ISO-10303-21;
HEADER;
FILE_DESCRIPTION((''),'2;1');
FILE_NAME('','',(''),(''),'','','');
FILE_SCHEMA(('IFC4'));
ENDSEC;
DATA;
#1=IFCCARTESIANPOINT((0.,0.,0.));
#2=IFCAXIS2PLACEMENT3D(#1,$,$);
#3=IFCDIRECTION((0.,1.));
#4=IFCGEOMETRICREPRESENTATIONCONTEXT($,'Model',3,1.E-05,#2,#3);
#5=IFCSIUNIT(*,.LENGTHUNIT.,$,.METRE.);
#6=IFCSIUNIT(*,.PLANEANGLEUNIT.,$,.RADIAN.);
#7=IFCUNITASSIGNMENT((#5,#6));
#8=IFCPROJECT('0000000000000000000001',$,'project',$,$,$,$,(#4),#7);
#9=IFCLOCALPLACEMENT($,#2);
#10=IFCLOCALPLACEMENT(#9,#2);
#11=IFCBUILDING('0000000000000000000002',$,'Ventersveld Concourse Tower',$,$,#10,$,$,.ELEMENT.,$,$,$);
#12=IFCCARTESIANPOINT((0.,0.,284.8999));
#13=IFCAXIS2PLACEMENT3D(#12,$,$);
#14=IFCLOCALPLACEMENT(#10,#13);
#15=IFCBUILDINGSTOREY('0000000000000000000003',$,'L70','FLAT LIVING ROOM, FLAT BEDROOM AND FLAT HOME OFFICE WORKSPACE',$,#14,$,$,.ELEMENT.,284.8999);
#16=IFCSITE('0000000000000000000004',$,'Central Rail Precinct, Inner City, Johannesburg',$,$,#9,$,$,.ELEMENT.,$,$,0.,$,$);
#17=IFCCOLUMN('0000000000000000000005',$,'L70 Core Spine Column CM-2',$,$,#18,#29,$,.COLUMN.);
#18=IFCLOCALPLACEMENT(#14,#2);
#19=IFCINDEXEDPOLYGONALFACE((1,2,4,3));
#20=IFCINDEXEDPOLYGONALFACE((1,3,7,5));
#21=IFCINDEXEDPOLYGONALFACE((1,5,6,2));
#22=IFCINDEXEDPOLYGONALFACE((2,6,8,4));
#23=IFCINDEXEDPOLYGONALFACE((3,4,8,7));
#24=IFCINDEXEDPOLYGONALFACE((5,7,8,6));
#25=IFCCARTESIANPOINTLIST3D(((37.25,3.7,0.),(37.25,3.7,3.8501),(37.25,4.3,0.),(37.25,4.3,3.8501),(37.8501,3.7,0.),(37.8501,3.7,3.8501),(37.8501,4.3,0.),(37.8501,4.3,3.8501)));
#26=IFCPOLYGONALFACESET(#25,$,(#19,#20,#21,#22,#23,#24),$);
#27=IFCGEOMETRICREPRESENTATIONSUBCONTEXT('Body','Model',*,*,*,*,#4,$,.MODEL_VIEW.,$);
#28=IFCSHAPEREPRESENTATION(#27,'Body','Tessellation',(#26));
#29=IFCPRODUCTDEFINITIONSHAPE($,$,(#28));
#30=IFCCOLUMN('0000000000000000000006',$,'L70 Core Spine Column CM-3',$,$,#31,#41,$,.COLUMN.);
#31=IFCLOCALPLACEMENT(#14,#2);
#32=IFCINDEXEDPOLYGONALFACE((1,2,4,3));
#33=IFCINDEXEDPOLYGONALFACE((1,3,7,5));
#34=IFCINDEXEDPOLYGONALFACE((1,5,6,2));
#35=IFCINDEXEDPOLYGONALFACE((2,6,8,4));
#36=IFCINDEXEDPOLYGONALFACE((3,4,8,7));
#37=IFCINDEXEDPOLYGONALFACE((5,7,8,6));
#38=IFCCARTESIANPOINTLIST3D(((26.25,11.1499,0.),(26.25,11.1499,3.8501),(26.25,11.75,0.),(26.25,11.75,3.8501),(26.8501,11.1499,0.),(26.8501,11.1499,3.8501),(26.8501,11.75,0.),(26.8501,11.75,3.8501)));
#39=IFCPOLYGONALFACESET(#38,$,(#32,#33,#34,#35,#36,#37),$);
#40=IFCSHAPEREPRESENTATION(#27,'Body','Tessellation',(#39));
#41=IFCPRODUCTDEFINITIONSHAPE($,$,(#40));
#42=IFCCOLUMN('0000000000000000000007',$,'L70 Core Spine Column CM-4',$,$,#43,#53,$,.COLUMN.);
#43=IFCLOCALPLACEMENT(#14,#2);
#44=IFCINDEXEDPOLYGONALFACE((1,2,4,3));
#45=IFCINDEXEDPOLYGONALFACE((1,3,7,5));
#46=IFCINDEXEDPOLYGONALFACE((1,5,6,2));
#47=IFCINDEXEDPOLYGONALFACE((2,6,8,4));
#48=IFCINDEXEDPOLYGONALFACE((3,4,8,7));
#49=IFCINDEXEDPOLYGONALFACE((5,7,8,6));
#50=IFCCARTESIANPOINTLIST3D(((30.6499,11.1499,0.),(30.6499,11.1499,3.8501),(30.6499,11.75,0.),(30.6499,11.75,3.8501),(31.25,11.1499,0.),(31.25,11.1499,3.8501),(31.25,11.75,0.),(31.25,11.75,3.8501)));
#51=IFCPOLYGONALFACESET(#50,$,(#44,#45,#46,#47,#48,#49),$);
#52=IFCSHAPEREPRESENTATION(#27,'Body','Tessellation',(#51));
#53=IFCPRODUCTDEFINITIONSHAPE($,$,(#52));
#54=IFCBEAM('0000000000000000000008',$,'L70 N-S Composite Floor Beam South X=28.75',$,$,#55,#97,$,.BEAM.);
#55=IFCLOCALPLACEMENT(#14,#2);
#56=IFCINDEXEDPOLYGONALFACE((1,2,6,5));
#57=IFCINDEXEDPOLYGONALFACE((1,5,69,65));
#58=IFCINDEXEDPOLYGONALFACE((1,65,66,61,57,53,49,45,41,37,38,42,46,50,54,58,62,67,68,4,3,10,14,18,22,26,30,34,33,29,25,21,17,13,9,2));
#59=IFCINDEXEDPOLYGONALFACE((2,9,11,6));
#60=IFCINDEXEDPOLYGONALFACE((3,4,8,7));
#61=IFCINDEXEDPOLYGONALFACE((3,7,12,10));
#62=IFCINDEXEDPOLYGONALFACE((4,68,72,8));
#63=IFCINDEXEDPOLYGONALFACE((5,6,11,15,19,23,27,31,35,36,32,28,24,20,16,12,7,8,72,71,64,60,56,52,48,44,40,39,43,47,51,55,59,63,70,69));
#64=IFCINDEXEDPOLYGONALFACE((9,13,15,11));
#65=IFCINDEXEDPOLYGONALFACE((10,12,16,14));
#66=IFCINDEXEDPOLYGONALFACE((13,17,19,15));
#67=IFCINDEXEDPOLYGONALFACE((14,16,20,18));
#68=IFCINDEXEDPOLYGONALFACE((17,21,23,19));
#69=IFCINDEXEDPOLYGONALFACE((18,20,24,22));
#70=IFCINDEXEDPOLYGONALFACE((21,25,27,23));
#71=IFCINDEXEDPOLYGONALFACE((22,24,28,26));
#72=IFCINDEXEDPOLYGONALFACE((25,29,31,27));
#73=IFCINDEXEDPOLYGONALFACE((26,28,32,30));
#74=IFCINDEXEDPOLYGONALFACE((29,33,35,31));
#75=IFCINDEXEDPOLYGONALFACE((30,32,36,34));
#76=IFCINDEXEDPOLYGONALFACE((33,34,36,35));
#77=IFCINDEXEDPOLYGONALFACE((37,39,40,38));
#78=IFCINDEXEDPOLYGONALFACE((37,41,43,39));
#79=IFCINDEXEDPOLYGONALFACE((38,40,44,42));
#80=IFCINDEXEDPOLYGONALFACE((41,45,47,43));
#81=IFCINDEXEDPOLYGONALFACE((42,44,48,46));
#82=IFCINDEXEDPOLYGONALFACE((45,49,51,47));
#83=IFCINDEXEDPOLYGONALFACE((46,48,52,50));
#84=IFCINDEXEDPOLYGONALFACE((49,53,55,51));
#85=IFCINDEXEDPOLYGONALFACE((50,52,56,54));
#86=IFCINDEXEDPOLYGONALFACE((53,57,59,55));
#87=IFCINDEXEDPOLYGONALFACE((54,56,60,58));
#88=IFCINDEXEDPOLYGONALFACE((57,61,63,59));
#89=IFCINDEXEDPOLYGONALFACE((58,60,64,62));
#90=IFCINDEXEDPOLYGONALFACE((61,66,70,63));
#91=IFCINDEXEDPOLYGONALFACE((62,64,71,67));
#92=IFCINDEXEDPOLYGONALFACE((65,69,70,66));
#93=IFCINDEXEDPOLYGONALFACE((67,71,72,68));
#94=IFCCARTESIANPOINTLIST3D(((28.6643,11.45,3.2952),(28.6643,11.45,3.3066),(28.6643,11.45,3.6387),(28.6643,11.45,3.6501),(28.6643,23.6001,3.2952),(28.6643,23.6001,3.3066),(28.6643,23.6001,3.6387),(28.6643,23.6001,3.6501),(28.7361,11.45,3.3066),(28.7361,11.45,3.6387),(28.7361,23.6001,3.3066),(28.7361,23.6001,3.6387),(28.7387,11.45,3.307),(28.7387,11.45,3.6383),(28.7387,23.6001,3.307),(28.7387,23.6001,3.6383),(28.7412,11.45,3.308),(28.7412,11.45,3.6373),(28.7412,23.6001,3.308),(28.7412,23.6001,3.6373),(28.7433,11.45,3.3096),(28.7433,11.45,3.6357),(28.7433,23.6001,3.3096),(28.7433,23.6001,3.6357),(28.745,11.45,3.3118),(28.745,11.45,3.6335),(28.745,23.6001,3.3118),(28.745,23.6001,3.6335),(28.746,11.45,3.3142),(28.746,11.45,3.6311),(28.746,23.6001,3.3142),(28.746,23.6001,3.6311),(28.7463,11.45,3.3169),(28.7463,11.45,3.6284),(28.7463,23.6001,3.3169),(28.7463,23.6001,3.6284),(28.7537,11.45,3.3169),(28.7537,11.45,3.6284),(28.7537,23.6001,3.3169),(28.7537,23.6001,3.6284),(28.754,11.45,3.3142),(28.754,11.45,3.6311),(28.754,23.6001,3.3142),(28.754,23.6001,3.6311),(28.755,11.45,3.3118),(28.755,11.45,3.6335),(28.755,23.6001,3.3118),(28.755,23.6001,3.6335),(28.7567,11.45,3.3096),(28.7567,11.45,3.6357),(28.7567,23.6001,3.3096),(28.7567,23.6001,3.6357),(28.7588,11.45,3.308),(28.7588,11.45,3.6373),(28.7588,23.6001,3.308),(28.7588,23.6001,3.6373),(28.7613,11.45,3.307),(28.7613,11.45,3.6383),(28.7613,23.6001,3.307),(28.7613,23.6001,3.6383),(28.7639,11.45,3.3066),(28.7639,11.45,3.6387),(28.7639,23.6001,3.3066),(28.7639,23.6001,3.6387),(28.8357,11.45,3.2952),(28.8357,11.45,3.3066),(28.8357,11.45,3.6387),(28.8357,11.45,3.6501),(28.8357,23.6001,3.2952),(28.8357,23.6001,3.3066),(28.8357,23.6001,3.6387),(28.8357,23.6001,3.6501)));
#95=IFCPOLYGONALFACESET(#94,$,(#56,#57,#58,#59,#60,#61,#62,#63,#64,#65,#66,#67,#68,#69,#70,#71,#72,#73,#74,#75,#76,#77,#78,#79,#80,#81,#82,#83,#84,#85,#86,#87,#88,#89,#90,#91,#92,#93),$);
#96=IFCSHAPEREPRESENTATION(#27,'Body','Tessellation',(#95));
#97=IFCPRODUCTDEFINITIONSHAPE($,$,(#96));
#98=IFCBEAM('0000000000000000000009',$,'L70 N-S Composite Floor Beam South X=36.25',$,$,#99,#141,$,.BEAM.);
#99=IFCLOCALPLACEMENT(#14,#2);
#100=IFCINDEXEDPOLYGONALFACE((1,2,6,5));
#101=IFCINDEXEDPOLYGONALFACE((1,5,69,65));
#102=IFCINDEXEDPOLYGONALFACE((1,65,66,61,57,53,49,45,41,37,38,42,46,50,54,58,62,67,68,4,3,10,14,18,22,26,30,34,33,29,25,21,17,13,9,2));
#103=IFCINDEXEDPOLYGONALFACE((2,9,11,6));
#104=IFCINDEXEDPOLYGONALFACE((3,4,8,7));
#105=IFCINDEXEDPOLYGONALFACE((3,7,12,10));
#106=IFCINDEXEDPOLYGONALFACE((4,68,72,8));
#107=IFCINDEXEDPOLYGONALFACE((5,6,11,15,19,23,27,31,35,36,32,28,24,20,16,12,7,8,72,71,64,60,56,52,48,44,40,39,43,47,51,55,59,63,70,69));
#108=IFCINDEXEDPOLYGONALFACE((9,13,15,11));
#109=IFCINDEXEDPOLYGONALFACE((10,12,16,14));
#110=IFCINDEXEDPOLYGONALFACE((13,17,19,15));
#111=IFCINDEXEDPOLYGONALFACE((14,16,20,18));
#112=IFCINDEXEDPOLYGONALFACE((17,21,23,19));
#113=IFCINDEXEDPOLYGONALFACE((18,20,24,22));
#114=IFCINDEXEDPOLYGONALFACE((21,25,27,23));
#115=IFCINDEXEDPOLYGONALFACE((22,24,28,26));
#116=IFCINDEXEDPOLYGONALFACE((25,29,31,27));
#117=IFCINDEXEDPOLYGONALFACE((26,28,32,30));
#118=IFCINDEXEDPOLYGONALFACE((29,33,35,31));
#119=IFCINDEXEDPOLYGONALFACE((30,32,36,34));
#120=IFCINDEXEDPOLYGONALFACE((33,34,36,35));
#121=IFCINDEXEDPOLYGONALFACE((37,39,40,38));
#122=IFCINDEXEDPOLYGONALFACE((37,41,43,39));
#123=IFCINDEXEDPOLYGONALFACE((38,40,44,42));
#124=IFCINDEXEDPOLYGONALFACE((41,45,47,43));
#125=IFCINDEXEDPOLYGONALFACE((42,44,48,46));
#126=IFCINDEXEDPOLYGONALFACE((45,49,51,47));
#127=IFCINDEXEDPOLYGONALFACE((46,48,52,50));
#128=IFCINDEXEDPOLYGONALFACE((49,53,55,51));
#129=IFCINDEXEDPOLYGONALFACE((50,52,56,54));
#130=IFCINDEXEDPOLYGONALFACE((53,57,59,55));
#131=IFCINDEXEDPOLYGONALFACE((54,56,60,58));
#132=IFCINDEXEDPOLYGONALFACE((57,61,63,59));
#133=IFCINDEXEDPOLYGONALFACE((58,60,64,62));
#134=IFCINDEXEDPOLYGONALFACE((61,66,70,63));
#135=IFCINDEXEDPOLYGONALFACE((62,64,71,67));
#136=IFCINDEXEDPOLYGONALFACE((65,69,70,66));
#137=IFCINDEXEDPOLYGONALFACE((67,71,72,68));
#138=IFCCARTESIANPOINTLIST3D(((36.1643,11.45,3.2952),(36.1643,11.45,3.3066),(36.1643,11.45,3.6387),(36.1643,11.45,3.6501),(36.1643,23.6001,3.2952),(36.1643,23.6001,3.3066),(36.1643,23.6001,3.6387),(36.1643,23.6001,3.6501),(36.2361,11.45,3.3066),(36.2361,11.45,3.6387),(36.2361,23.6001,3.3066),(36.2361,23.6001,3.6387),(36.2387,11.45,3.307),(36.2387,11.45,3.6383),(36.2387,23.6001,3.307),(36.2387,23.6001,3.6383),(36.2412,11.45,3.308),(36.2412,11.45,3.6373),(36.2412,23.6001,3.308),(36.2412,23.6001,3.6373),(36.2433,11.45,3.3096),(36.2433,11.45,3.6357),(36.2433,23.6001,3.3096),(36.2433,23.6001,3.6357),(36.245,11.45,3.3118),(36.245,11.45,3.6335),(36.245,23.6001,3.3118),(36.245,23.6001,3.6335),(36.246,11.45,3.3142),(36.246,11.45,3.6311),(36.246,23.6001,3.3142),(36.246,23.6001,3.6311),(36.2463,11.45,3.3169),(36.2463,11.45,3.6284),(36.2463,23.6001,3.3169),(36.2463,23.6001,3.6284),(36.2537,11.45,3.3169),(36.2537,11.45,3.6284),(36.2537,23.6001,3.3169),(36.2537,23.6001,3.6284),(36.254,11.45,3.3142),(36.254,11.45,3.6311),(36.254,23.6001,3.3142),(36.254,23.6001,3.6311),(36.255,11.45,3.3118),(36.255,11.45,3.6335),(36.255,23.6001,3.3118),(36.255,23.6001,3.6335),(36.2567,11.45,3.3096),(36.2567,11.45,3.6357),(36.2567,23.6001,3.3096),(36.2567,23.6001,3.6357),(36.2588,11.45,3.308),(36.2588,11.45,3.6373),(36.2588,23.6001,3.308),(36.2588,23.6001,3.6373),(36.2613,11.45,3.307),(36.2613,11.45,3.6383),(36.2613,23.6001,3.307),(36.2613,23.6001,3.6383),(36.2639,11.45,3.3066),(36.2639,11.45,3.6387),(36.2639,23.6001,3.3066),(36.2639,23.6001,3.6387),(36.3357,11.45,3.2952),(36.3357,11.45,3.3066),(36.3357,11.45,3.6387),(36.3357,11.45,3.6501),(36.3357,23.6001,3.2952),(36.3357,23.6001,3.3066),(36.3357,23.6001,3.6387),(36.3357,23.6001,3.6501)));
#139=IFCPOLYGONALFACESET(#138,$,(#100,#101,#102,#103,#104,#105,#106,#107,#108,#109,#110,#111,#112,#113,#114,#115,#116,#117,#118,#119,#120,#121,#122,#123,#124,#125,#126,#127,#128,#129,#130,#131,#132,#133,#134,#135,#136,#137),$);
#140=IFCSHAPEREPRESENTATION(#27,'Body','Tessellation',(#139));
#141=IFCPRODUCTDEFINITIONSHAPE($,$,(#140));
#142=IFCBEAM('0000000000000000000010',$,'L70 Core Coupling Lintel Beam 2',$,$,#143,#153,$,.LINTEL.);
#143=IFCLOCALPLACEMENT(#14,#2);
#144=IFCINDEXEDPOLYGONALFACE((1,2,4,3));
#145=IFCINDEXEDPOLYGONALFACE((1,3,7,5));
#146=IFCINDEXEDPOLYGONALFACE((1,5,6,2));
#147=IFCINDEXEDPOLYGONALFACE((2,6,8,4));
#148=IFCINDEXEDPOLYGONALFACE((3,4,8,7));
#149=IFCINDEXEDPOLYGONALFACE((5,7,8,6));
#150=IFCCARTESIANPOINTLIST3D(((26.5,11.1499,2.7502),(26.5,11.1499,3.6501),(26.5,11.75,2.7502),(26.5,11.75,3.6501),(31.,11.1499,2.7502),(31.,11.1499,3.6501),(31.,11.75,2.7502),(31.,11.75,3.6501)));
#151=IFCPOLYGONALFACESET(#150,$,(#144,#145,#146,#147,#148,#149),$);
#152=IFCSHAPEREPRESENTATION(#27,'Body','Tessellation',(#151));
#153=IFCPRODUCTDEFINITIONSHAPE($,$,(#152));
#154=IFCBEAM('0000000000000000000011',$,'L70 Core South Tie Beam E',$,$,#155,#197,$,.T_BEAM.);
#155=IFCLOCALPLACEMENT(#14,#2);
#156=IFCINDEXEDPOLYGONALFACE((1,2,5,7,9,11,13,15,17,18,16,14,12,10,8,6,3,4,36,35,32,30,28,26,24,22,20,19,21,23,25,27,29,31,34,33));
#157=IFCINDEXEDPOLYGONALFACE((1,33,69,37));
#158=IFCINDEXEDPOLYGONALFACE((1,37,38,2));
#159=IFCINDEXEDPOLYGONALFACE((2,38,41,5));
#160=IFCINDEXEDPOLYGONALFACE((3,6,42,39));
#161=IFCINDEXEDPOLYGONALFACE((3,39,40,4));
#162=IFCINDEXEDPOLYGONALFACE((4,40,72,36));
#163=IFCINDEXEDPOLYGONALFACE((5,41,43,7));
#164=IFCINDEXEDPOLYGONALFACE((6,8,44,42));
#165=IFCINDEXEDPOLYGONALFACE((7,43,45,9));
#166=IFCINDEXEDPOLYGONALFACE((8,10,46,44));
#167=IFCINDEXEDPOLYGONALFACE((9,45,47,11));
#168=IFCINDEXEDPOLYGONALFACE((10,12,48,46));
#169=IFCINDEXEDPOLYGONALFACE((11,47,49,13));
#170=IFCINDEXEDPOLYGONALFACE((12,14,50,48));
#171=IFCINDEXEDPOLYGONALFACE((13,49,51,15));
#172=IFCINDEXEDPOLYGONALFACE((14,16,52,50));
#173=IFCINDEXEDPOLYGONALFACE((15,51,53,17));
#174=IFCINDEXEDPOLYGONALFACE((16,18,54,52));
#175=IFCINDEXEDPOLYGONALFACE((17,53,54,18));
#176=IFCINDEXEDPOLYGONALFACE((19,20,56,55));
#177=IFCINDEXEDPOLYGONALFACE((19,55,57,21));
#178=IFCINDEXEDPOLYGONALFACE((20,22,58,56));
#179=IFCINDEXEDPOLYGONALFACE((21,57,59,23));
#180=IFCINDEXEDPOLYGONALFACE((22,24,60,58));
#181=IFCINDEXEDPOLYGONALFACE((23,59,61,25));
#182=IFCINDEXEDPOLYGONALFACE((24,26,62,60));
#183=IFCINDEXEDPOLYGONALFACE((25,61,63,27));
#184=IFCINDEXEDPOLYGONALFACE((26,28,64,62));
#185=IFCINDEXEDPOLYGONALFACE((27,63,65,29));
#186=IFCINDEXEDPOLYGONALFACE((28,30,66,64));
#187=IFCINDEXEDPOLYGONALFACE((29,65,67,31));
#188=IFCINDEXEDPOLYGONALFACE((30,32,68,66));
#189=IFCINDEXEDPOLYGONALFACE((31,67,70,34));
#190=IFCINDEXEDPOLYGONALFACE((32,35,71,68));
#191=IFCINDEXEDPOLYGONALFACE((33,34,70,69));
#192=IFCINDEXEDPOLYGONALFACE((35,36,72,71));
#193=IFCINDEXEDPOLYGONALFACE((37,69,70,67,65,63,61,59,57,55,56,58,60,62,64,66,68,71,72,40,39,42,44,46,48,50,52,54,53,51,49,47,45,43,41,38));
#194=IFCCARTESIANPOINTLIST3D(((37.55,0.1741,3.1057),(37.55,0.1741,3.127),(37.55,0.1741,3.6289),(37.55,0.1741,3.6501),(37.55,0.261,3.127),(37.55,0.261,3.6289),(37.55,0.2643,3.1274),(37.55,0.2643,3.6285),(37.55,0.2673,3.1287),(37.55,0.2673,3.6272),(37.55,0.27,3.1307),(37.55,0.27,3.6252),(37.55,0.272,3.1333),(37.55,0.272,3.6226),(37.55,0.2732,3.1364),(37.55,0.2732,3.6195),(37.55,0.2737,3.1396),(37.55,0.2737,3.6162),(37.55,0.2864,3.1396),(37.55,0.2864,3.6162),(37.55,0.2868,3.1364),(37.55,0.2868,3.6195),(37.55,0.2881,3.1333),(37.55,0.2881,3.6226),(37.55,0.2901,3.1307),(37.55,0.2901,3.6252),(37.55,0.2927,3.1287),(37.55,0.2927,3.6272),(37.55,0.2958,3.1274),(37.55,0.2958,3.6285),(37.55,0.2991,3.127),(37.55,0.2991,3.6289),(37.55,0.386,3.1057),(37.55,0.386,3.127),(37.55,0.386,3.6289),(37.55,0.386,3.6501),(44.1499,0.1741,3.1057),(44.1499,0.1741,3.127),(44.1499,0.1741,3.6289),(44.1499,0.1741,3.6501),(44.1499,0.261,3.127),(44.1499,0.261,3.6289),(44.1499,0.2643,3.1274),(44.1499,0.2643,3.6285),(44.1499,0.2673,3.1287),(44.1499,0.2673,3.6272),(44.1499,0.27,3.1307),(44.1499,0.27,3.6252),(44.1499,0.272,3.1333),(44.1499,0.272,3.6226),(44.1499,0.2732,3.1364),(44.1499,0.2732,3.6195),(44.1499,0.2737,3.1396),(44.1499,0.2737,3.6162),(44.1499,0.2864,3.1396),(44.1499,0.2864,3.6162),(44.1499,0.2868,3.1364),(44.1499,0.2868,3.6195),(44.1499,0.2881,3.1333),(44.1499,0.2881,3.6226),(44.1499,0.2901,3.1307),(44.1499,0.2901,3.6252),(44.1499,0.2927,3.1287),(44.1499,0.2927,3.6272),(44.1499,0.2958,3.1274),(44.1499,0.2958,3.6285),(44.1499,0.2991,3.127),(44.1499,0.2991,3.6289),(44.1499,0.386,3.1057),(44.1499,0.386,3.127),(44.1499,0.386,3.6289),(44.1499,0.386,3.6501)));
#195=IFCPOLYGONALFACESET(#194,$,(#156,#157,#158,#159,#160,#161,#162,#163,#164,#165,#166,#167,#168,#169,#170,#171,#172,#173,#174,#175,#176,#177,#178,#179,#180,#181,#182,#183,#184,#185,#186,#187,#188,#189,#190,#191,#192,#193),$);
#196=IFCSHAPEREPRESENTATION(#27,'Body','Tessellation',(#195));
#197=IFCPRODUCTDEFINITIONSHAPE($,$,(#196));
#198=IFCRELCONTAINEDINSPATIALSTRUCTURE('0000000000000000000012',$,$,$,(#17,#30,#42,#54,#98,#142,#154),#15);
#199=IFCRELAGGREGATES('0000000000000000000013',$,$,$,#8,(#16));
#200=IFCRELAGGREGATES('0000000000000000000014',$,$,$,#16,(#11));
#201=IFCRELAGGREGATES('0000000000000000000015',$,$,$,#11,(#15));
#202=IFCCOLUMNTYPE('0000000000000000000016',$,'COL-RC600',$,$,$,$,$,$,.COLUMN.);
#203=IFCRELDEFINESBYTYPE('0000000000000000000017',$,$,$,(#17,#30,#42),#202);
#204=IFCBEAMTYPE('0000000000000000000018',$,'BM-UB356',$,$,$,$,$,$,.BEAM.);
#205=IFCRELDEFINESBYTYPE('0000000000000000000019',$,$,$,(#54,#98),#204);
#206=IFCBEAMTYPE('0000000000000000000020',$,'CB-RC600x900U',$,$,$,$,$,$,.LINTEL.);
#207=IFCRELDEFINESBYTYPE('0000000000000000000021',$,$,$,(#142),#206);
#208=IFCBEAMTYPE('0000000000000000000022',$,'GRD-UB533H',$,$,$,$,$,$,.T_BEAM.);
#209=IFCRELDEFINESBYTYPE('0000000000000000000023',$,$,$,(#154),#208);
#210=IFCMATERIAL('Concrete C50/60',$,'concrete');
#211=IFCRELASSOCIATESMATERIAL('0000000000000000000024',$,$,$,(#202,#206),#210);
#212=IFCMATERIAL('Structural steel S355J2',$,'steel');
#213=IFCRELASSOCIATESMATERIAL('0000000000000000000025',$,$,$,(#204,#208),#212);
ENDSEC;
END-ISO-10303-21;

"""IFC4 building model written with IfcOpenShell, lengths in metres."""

from ifc_helpers import new_model, si_unit, direction, frame, origin, origin_2d, place, context, subcontext, project, spatial, rectangle, i_section, extrude, material, material_profile, profile_set, type_object, element, save


model = new_model("IFC4")

# Units and contexts
model_context = context("Model", 3, precision=1e-05, world=origin(), true_north=direction((0.0, 1.0)))
body_context = subcontext(model_context, "Body", "Model", "MODEL_VIEW")
ifc_project = project(units=[si_unit("LENGTHUNIT", "METRE"), si_unit("PLANEANGLEUNIT", "RADIAN")], contexts=[model_context])

# Site, building, storey
site_placement = place(None, origin())
site = spatial("IfcSite", under=ifc_project, at=site_placement, Name="Central Rail Precinct, Inner City, Johannesburg", CompositionType="ELEMENT", RefElevation=0.0)
building_placement = place(site_placement, origin())
building = spatial("IfcBuilding", under=site, at=building_placement, Name="Ventersveld Concourse Tower", CompositionType="ELEMENT")
storey_placement = place(building_placement, frame((0.0, 0.0, 284.8999)))
storey = spatial("IfcBuildingStorey", under=building, at=storey_placement, Name="L70", Description="FLAT LIVING ROOM, FLAT BEDROOM AND FLAT HOME OFFICE WORKSPACE", CompositionType="ELEMENT", Elevation=284.8999)

# Columns
ifc_material_1 = material(Name="Concrete C50/60", Category="concrete")
ifc_material_profile_1 = material_profile(ifc_material_1, rectangle(XDim=0.6001, YDim=0.6001, at=origin_2d()), Name="RC 600x600")
ifc_profile_set_1 = profile_set([ifc_material_profile_1], Name="Concrete C50/60")
column_type = type_object("IfcColumnType", Name="COL-RC600", PredefinedType="COLUMN", material=ifc_profile_set_1)
for number, where, z_axis, x_axis, name in (
    (1, (37.55, 4.0, 0.0), (0.0, 0.0, 1.0), (1.0, 0.0, 0.0), "L70 Core Spine Column CM-2"),
    (2, (26.55, 11.45, 0.0), (0.0, 0.0, 1.0), (1.0, 0.0, 0.0), "L70 Core Spine Column CM-3"),
    (3, (30.95, 11.45, 0.0), (0.0, 0.0, 1.0), (1.0, 0.0, 0.0), "L70 Core Spine Column CM-4"),
):
    element("IfcColumn", number, at=place(storey_placement, frame(where, z_axis=z_axis, x_axis=x_axis)), inside=storey, type_object=column_type, Name=name, PredefinedType="COLUMN", context=body_context, shape_type="SweptSolid", body=[
        extrude(rectangle(XDim=0.6001, YDim=0.6001, at=origin_2d()), origin(), (0.0, 0.0, 1.0), 3.8501),
    ])

# Beams
ifc_material_2 = material(Name="Structural steel S355J2", Category="steel")
ifc_material_profile_2 = material_profile(ifc_material_2, i_section(OverallWidth=0.1714, OverallDepth=0.355, WebThickness=0.0073, FlangeThickness=0.0115, FilletRadius=0.0103, at=origin_2d()), Name="UB 356x171x51")
ifc_profile_set_2 = profile_set([ifc_material_profile_2], Name="Structural steel S355J2")
beam_type_1 = type_object("IfcBeamType", Name="BM-UB356", PredefinedType="BEAM", material=ifc_profile_set_2)
for number, where, z_axis, x_axis, name in (
    (4, (28.75, 11.45, 3.4727), (0.0, 1.0, 0.0), (-1.0, 0.0, 0.0), "L70 N-S Composite Floor Beam South X=28.75"),
    (5, (36.25, 11.45, 3.4727), (0.0, 1.0, 0.0), (-1.0, 0.0, 0.0), "L70 N-S Composite Floor Beam South X=36.25"),
):
    element("IfcBeam", number, at=place(storey_placement, frame(where, z_axis=z_axis, x_axis=x_axis)), inside=storey, type_object=beam_type_1, Name=name, PredefinedType="BEAM", context=body_context, shape_type="SweptSolid", body=[
        extrude(i_section(OverallWidth=0.1714, OverallDepth=0.355, WebThickness=0.0073, FlangeThickness=0.0115, FilletRadius=0.0103, at=origin_2d()), origin(), (0.0, 0.0, 1.0), 12.1501),
    ])
ifc_material_profile_3 = material_profile(ifc_material_1, rectangle(XDim=0.6001, YDim=0.8999, at=origin_2d()), Name="RC 600x900")
ifc_profile_set_3 = profile_set([ifc_material_profile_3], Name="Concrete C50/60")
beam_type_2 = type_object("IfcBeamType", Name="CB-RC600x900U", PredefinedType="LINTEL", material=ifc_profile_set_3)
beam_1_placement = place(storey_placement, frame((26.5, 11.45, 3.2002), z_axis=(1.0, 0.0, 0.0), x_axis=(0.0, 1.0, 0.0)))
element("IfcBeam", 6, at=beam_1_placement, inside=storey, type_object=beam_type_2, Name="L70 Core Coupling Lintel Beam 2", PredefinedType="LINTEL", context=body_context, shape_type="SweptSolid", body=[
    extrude(rectangle(XDim=0.6001, YDim=0.8999, at=origin_2d()), origin(), (0.0, 0.0, 1.0), 4.5),
])
ifc_material_profile_4 = material_profile(ifc_material_2, i_section(OverallWidth=0.2119, OverallDepth=0.5444, WebThickness=0.0127, FlangeThickness=0.0212, FilletRadius=0.0127, at=origin_2d()), Name="UB 533x210x122")
ifc_profile_set_4 = profile_set([ifc_material_profile_4], Name="Structural steel S355J2")
beam_type_3 = type_object("IfcBeamType", Name="GRD-UB533H", PredefinedType="T_BEAM", material=ifc_profile_set_4)
beam_2_placement = place(storey_placement, frame((37.55, 0.28, 3.3779), z_axis=(1.0, 0.0, 0.0), x_axis=(0.0, 1.0, 0.0)))
element("IfcBeam", 7, at=beam_2_placement, inside=storey, type_object=beam_type_3, Name="L70 Core South Tie Beam E", PredefinedType="T_BEAM", context=body_context, shape_type="SweptSolid", body=[
    extrude(i_section(OverallWidth=0.2119, OverallDepth=0.5444, WebThickness=0.0127, FlangeThickness=0.0212, FilletRadius=0.0127, at=origin_2d()), origin(), (0.0, 0.0, 1.0), 6.5999),
])

save(model, "model.ifc")
